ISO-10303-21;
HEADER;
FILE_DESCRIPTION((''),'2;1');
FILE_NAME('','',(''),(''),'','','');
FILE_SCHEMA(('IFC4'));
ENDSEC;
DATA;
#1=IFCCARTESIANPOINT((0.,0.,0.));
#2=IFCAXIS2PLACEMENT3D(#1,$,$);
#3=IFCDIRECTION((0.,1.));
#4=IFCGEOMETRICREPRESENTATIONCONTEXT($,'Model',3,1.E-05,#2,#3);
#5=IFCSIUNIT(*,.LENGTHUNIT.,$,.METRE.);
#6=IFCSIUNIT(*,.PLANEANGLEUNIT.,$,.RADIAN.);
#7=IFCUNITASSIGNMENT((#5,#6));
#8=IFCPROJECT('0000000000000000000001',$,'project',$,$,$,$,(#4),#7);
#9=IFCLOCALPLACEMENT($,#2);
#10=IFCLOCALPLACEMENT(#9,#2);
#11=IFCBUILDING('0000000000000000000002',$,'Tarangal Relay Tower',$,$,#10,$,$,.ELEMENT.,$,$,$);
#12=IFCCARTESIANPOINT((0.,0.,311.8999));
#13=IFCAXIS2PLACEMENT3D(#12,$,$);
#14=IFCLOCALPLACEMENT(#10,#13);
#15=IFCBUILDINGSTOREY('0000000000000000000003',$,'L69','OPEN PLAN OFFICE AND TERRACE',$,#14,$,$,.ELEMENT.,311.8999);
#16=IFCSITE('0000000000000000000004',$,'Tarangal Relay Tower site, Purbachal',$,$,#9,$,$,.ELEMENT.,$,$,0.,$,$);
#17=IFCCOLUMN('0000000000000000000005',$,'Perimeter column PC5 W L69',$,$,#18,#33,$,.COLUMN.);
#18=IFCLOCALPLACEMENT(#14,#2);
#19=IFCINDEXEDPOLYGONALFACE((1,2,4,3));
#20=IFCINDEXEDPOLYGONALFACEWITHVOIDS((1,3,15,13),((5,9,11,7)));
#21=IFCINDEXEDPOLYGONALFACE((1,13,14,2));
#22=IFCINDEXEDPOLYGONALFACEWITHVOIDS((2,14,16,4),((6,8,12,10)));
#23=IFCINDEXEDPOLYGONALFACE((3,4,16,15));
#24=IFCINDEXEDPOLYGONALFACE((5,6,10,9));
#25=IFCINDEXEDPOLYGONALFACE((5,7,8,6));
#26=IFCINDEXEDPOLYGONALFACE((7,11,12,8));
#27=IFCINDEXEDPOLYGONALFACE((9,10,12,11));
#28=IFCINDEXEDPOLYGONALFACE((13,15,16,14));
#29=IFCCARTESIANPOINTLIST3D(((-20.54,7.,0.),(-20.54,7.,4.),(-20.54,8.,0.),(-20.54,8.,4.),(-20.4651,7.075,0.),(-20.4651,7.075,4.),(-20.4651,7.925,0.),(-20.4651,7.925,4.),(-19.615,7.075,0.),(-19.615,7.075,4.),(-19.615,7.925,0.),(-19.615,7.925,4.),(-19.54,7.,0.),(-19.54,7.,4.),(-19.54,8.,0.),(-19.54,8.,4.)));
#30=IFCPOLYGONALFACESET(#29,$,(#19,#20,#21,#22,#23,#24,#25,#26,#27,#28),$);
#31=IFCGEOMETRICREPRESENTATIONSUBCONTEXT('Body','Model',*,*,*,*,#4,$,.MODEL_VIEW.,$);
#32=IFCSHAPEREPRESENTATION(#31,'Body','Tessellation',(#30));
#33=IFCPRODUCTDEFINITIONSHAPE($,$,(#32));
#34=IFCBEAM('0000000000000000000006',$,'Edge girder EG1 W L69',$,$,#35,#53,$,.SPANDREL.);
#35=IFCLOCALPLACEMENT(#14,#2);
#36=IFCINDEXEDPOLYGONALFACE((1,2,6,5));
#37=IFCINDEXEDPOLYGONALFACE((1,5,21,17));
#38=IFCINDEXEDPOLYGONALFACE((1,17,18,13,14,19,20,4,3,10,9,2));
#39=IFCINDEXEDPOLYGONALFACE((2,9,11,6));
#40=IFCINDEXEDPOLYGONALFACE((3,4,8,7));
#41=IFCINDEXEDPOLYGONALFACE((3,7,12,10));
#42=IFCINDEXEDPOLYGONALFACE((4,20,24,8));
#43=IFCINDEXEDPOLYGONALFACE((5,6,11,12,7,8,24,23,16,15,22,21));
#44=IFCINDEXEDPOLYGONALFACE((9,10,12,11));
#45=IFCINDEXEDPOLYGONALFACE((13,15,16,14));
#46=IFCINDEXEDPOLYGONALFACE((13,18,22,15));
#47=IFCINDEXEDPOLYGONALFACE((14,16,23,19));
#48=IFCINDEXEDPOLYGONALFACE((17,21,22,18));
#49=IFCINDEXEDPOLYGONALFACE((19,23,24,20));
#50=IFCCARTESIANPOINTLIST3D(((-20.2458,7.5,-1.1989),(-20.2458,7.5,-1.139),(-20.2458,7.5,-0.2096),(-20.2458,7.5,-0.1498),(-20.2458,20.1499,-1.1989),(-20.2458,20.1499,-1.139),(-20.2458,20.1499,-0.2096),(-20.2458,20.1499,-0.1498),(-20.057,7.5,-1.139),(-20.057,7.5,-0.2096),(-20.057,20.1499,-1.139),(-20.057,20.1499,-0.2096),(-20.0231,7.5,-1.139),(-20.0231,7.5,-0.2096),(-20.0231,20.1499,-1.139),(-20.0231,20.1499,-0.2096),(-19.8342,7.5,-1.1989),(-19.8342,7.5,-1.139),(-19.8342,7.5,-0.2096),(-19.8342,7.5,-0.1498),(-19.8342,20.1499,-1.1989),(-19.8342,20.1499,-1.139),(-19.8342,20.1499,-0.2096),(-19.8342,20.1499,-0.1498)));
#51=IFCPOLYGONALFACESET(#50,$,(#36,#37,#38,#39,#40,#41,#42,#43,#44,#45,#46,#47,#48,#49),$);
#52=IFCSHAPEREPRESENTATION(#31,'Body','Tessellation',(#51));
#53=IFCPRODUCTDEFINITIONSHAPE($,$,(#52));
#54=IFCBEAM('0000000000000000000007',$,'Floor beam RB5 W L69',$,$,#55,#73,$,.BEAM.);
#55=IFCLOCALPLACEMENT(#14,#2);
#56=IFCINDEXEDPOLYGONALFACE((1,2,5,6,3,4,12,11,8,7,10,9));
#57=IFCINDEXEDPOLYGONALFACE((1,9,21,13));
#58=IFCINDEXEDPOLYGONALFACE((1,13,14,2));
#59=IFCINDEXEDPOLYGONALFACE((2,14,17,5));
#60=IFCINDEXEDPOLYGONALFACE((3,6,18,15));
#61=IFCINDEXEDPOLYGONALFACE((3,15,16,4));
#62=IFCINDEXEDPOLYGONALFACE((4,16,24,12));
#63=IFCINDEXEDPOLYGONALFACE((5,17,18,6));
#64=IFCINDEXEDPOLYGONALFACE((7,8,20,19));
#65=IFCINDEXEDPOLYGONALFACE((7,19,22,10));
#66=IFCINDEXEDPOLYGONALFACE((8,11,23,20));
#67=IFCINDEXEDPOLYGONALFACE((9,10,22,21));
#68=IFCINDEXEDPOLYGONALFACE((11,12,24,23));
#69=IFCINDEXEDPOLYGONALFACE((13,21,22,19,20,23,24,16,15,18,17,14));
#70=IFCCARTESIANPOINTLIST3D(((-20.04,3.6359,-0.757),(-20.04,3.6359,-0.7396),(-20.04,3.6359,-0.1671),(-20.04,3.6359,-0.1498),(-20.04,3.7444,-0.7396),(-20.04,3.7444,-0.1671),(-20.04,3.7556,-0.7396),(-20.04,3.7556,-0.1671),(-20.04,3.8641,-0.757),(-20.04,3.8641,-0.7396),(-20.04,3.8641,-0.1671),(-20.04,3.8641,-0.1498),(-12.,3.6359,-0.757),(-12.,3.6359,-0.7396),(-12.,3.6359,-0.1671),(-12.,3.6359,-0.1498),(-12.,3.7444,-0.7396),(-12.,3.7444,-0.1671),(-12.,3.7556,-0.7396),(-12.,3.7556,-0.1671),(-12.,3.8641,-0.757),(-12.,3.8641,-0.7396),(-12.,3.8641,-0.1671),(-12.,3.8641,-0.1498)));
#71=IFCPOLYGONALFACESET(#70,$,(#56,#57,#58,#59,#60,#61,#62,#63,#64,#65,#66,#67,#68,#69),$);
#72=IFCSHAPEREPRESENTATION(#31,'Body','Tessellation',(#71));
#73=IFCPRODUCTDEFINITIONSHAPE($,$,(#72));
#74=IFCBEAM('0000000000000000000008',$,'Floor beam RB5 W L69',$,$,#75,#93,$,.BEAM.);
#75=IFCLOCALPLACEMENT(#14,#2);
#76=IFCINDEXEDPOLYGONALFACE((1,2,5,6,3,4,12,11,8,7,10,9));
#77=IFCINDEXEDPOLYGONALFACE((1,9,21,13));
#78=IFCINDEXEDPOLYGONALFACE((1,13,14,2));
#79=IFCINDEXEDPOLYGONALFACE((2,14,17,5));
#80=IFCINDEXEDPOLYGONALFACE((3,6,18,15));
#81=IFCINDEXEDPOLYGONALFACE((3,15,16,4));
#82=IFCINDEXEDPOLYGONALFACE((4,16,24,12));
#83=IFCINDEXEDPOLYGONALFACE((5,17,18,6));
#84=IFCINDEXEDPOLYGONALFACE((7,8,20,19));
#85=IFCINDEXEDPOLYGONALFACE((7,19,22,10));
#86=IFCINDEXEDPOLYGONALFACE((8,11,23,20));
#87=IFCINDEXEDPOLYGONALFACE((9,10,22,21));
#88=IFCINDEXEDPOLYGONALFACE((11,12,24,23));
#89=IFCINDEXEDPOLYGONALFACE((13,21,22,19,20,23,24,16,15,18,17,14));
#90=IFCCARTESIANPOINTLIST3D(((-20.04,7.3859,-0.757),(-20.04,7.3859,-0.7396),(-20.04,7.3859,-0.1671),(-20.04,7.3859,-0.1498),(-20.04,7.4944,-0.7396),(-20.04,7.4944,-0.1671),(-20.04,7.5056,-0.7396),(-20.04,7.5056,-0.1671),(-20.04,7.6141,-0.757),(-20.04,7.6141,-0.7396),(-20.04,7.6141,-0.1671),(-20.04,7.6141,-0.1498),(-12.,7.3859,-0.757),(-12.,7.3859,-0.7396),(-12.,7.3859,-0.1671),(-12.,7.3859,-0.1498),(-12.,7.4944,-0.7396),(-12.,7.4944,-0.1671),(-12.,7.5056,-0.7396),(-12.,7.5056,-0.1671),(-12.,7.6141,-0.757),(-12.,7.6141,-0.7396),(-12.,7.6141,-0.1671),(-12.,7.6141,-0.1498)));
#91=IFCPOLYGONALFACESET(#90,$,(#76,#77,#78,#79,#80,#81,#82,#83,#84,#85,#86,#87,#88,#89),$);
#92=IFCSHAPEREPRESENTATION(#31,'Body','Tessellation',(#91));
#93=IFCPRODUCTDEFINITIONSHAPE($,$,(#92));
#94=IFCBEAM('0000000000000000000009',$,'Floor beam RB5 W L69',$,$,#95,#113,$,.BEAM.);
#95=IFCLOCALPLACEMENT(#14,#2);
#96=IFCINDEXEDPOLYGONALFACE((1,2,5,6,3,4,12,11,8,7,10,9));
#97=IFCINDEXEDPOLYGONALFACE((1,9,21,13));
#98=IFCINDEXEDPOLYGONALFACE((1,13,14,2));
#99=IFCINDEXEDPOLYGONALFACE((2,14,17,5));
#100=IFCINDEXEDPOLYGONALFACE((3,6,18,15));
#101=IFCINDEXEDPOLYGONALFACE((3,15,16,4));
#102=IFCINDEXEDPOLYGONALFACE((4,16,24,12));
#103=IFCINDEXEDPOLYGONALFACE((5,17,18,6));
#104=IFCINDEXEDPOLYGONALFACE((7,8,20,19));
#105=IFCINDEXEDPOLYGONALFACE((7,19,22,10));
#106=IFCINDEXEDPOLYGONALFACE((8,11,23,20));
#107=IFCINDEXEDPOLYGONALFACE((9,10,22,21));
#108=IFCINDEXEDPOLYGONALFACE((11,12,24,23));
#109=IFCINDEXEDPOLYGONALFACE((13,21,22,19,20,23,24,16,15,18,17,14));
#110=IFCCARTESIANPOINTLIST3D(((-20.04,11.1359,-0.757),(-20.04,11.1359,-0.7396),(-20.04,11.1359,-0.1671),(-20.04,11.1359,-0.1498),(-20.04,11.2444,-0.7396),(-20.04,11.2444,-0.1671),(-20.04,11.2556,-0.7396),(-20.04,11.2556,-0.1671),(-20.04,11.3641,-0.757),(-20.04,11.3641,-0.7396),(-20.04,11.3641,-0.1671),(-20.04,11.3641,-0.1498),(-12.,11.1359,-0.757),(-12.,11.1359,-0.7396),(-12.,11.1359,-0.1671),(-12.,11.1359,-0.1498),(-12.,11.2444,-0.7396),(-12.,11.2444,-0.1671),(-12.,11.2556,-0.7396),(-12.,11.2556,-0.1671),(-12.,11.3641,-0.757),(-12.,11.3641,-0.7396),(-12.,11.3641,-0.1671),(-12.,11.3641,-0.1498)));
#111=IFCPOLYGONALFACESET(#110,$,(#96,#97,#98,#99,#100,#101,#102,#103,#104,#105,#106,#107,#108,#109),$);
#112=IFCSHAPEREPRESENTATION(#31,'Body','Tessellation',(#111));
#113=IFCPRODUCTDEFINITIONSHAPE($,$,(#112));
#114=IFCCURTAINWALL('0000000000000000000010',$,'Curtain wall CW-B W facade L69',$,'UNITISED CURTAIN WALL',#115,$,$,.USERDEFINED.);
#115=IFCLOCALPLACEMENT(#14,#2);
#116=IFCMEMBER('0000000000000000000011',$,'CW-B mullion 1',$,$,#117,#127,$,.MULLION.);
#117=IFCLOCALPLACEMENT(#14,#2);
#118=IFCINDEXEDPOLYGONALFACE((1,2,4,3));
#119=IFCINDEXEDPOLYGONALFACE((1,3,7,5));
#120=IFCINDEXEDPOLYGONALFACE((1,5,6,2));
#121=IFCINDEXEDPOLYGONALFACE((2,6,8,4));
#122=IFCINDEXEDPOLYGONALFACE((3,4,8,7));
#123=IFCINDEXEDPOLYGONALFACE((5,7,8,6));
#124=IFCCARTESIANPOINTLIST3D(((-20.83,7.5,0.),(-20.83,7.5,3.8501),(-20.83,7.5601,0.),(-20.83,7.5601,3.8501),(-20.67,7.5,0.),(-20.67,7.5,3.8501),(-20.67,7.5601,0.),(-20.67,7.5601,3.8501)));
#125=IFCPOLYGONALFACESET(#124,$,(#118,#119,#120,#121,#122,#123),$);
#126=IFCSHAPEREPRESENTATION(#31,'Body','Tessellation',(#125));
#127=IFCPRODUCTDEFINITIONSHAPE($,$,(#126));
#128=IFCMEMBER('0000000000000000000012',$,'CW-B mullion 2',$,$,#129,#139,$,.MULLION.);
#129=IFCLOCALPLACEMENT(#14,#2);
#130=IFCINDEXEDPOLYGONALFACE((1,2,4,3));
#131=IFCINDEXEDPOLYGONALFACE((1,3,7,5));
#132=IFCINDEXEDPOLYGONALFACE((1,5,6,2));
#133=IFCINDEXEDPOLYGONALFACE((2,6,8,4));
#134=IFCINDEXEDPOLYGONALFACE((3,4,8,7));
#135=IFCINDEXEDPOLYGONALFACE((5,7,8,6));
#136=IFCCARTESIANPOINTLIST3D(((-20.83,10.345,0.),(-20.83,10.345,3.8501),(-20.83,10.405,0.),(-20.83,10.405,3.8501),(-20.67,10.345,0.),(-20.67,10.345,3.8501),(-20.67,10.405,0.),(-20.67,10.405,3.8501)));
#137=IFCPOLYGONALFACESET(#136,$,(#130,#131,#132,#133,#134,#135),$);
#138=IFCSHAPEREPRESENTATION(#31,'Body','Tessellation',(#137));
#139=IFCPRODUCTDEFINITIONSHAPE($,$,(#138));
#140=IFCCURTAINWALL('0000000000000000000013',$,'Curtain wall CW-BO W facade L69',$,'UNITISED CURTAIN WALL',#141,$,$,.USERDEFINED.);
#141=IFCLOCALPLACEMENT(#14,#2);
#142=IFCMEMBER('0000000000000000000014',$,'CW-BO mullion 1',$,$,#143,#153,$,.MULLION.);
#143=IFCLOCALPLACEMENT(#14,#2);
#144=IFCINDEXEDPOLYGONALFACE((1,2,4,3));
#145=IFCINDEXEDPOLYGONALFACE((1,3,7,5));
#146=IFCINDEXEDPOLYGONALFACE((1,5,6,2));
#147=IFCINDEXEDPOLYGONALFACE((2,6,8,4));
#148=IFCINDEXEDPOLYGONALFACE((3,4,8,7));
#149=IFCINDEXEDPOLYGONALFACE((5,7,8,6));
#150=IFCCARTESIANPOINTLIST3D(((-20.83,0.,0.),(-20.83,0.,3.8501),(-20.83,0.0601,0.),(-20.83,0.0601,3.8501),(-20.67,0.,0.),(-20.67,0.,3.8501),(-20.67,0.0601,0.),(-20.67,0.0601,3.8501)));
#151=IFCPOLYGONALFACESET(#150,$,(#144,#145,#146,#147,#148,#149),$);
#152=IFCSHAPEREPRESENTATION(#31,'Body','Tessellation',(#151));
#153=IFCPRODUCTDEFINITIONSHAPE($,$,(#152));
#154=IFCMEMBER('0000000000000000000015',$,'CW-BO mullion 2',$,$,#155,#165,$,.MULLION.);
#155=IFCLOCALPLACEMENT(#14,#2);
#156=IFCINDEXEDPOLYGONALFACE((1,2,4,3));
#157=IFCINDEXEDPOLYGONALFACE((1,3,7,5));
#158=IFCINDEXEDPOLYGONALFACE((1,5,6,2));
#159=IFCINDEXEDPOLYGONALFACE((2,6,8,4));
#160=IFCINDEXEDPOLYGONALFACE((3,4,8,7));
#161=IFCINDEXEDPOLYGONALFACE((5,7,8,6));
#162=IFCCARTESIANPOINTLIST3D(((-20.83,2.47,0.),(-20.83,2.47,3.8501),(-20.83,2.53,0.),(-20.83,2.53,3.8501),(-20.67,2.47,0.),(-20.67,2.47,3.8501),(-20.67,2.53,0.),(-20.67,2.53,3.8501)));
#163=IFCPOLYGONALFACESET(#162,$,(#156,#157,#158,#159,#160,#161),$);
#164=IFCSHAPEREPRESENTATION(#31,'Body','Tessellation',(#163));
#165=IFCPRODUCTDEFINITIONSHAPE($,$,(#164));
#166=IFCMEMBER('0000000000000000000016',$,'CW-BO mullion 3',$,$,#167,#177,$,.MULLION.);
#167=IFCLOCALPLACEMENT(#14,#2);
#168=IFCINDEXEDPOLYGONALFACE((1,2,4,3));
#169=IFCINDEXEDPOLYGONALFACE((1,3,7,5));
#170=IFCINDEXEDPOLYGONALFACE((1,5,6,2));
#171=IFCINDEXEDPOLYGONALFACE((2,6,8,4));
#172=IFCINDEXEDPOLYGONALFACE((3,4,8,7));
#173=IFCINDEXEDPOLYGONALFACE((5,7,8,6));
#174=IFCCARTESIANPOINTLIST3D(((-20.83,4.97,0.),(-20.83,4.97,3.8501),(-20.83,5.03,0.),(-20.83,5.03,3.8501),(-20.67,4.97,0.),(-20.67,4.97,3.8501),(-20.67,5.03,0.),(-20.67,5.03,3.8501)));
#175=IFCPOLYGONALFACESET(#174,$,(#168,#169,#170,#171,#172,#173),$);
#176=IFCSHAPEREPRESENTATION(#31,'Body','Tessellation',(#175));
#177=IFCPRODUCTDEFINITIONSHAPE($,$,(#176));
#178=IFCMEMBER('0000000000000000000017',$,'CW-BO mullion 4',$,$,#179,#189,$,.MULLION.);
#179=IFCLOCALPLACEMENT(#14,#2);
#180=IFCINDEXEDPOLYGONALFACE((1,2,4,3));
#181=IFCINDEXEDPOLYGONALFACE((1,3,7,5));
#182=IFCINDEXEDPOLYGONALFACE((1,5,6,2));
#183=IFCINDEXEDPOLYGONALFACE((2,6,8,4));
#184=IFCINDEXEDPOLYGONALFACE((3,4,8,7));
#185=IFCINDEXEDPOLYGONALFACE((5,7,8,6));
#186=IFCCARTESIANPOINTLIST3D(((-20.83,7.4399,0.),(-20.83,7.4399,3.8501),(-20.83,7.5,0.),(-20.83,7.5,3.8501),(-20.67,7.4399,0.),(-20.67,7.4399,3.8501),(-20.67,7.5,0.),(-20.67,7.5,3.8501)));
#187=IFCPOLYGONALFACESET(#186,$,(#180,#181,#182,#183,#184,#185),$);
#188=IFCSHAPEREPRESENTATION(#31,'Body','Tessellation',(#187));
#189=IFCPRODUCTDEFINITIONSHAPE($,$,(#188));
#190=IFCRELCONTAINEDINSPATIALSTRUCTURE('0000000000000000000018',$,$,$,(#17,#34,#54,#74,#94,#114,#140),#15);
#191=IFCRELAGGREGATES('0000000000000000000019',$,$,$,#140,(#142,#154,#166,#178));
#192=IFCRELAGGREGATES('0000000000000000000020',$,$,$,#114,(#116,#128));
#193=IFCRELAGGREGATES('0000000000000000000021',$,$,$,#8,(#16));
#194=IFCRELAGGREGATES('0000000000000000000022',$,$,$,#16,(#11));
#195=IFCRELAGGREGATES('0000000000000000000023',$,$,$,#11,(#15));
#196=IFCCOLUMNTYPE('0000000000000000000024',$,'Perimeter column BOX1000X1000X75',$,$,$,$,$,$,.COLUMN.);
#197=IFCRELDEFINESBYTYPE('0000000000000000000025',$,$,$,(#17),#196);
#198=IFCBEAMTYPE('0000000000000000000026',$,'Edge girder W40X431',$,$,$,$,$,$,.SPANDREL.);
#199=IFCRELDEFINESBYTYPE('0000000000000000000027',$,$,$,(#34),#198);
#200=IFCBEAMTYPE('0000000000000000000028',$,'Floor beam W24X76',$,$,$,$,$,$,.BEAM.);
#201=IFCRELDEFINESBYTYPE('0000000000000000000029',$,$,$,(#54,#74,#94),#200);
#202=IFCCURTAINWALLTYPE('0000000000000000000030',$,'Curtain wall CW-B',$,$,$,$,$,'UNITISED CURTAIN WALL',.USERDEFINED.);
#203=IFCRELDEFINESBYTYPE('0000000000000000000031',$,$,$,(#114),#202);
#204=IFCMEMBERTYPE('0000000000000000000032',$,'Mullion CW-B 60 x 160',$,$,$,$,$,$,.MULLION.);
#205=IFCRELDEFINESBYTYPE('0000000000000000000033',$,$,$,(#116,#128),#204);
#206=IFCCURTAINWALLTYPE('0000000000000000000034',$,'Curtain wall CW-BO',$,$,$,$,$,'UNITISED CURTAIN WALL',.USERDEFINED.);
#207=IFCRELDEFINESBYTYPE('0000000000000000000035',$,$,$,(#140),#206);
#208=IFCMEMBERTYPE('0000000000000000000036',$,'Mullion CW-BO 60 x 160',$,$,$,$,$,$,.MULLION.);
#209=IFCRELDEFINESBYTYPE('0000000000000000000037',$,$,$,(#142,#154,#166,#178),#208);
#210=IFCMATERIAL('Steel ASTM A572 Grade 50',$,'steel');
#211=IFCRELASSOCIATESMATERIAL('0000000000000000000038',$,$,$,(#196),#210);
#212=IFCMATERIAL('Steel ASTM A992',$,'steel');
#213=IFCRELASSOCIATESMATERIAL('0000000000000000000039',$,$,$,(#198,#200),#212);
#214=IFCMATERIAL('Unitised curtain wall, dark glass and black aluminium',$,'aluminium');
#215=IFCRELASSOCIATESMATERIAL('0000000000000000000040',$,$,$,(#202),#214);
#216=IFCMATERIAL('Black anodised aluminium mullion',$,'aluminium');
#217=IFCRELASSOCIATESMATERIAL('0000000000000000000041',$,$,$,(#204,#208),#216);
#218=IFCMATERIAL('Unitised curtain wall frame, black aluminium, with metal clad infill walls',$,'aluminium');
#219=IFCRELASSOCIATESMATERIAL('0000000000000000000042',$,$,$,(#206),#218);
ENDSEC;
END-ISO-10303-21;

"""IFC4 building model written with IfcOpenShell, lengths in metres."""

from ifc_helpers import new_model, si_unit, direction, frame, origin, origin_2d, place, context, subcontext, project, spatial, rectangle, hollow_rectangle, i_section, extrude, material, material_profile, profile_set, type_object, element, aggregate, save


model = new_model("IFC4")

# Units and contexts
model_context = context("Model", 3, precision=1e-05, world=origin(), true_north=direction((0.0, 1.0)))
body_context = subcontext(model_context, "Body", "Model", "MODEL_VIEW")
ifc_project = project(units=[si_unit("LENGTHUNIT", "METRE"), si_unit("PLANEANGLEUNIT", "RADIAN")], contexts=[model_context])

# Site, building, storey
site_placement = place(None, origin())
site = spatial("IfcSite", under=ifc_project, at=site_placement, Name="Tarangal Relay Tower site, Purbachal", CompositionType="ELEMENT", RefElevation=0.0)
building_placement = place(site_placement, origin())
building = spatial("IfcBuilding", under=site, at=building_placement, Name="Tarangal Relay Tower", CompositionType="ELEMENT")
storey_placement = place(building_placement, frame((0.0, 0.0, 311.8999)))
storey = spatial("IfcBuildingStorey", under=building, at=storey_placement, Name="L69", Description="OPEN PLAN OFFICE AND TERRACE", CompositionType="ELEMENT", Elevation=311.8999)

# Column
ifc_material_1 = material(Name="Steel ASTM A572 Grade 50", Category="steel")
ifc_material_profile_1 = material_profile(ifc_material_1, hollow_rectangle(XDim=1.0, YDim=1.0, WallThickness=0.075, at=origin_2d()), Name="BOX1000X1000X75")
ifc_profile_set_1 = profile_set([ifc_material_profile_1], Name="Steel ASTM A572 Grade 50")
column_type = type_object("IfcColumnType", Name="Perimeter column BOX1000X1000X75", PredefinedType="COLUMN", material=ifc_profile_set_1)
column_placement = place(storey_placement, frame((-20.04, 7.5, 0.0), z_axis=(0.0, 0.0, 1.0), x_axis=(1.0, 0.0, 0.0)))
element("IfcColumn", 1, at=column_placement, inside=storey, type_object=column_type, Name="Perimeter column PC5 W L69", PredefinedType="COLUMN", context=body_context, shape_type="SweptSolid", body=[
    extrude(hollow_rectangle(XDim=1.0, YDim=1.0, WallThickness=0.075, at=origin_2d()), origin(), (0.0, 0.0, 1.0), 4.0),
])

# Beams
ifc_material_2 = material(Name="Steel ASTM A992", Category="steel")
ifc_material_profile_2 = material_profile(ifc_material_2, i_section(OverallWidth=0.4116, OverallDepth=1.0491, WebThickness=0.0339, FlangeThickness=0.0598, at=origin_2d()), Name="W40X431")
ifc_profile_set_2 = profile_set([ifc_material_profile_2], Name="Steel ASTM A992")
beam_type_1 = type_object("IfcBeamType", Name="Edge girder W40X431", PredefinedType="SPANDREL", material=ifc_profile_set_2)
beam_placement = place(storey_placement, frame((-20.04, 7.5, -0.6743), z_axis=(0.0, 1.0, 0.0), x_axis=(-1.0, 0.0, 0.0)))
element("IfcBeam", 2, at=beam_placement, inside=storey, type_object=beam_type_1, Name="Edge girder EG1 W L69", PredefinedType="SPANDREL", context=body_context, shape_type="SweptSolid", body=[
    extrude(i_section(OverallWidth=0.4116, OverallDepth=1.0491, WebThickness=0.0339, FlangeThickness=0.0598, at=origin_2d()), origin(), (0.0, 0.0, 1.0), 12.6499),
])
ifc_material_profile_3 = material_profile(ifc_material_2, i_section(OverallWidth=0.2283, OverallDepth=0.6072, WebThickness=0.0112, FlangeThickness=0.0173, at=origin_2d()), Name="W24X76")
ifc_profile_set_3 = profile_set([ifc_material_profile_3], Name="Steel ASTM A992")
beam_type_2 = type_object("IfcBeamType", Name="Floor beam W24X76", PredefinedType="BEAM", material=ifc_profile_set_3)
for number, where, z_axis, x_axis, name in (
    (3, (-12.0, 3.75, -0.4534), (-1.0, 0.0, 0.0), (0.0, -1.0, 0.0), "Floor beam RB5 W L69"),
    (4, (-12.0, 7.5, -0.4534), (-1.0, 0.0, 0.0), (0.0, -1.0, 0.0), "Floor beam RB5 W L69"),
    (5, (-12.0, 11.25, -0.4534), (-1.0, 0.0, 0.0), (0.0, -1.0, 0.0), "Floor beam RB5 W L69"),
):
    element("IfcBeam", number, at=place(storey_placement, frame(where, z_axis=z_axis, x_axis=x_axis)), inside=storey, type_object=beam_type_2, Name=name, PredefinedType="BEAM", context=body_context, shape_type="SweptSolid", body=[
        extrude(i_section(OverallWidth=0.2283, OverallDepth=0.6072, WebThickness=0.0112, FlangeThickness=0.0173, at=origin_2d()), origin(), (0.0, 0.0, 1.0), 8.04),
    ])

# Curtain walls, members
ifc_material_3 = material(Name="Unitised curtain wall, dark glass and black aluminium", Category="aluminium")
curtain_wall_type_1 = type_object("IfcCurtainWallType", Name="Curtain wall CW-B", ElementType="UNITISED CURTAIN WALL", PredefinedType="USERDEFINED", material=ifc_material_3)
curtain_wall_1_placement = place(storey_placement, origin())
curtain_wall_1 = element("IfcCurtainWall", 6, at=curtain_wall_1_placement, inside=storey, type_object=curtain_wall_type_1, Name="Curtain wall CW-B W facade L69", ObjectType="UNITISED CURTAIN WALL", PredefinedType="USERDEFINED")
ifc_material_4 = material(Name="Black anodised aluminium mullion", Category="aluminium")
ifc_material_profile_4 = material_profile(ifc_material_4, rectangle(XDim=0.1599, YDim=0.0601, at=origin_2d()), Name="CW-BM 60X160")
ifc_profile_set_4 = profile_set([ifc_material_profile_4], Name="Black anodised aluminium mullion")
member_type_1 = type_object("IfcMemberType", Name="Mullion CW-B 60 x 160", PredefinedType="MULLION", material=ifc_profile_set_4)
member_1_placement = place(storey_placement, frame((-20.75, 7.53, 0.0), z_axis=(0.0, 0.0, 1.0), x_axis=(-1.0, 0.0, 0.0)))
member_1 = element("IfcMember", 7, at=member_1_placement, type_object=member_type_1, Name="CW-B mullion 1", PredefinedType="MULLION", context=body_context, shape_type="SweptSolid", body=[
    extrude(rectangle(XDim=0.1599, YDim=0.0601, at=origin_2d()), origin(), (0.0, 0.0, 1.0), 3.8501),
])
member_2_placement = place(storey_placement, frame((-20.75, 10.375, 0.0), z_axis=(0.0, 0.0, 1.0), x_axis=(-1.0, 0.0, 0.0)))
member_2 = element("IfcMember", 8, at=member_2_placement, type_object=member_type_1, Name="CW-B mullion 2", PredefinedType="MULLION", context=body_context, shape_type="SweptSolid", body=[
    extrude(rectangle(XDim=0.1599, YDim=0.0601, at=origin_2d()), origin(), (0.0, 0.0, 1.0), 3.8501),
])
ifc_material_5 = material(Name="Unitised curtain wall frame, black aluminium, with metal clad infill walls", Category="aluminium")
curtain_wall_type_2 = type_object("IfcCurtainWallType", Name="Curtain wall CW-BO", ElementType="UNITISED CURTAIN WALL", PredefinedType="USERDEFINED", material=ifc_material_5)
curtain_wall_2_placement = place(storey_placement, origin())
curtain_wall_2 = element("IfcCurtainWall", 9, at=curtain_wall_2_placement, inside=storey, type_object=curtain_wall_type_2, Name="Curtain wall CW-BO W facade L69", ObjectType="UNITISED CURTAIN WALL", PredefinedType="USERDEFINED")
ifc_material_profile_5 = material_profile(ifc_material_4, rectangle(XDim=0.1599, YDim=0.0601, at=origin_2d()), Name="CW-BOM 60X160")
ifc_profile_set_5 = profile_set([ifc_material_profile_5], Name="Black anodised aluminium mullion")
member_type_2 = type_object("IfcMemberType", Name="Mullion CW-BO 60 x 160", PredefinedType="MULLION", material=ifc_profile_set_5)
member_3_placement = place(storey_placement, frame((-20.75, 0.03, 0.0), z_axis=(0.0, 0.0, 1.0), x_axis=(-1.0, 0.0, 0.0)))
member_3 = element("IfcMember", 10, at=member_3_placement, type_object=member_type_2, Name="CW-BO mullion 1", PredefinedType="MULLION", context=body_context, shape_type="SweptSolid", body=[
    extrude(rectangle(XDim=0.1599, YDim=0.0601, at=origin_2d()), origin(), (0.0, 0.0, 1.0), 3.8501),
])
member_4_placement = place(storey_placement, frame((-20.75, 2.5, 0.0), z_axis=(0.0, 0.0, 1.0), x_axis=(-1.0, 0.0, 0.0)))
member_4 = element("IfcMember", 11, at=member_4_placement, type_object=member_type_2, Name="CW-BO mullion 2", PredefinedType="MULLION", context=body_context, shape_type="SweptSolid", body=[
    extrude(rectangle(XDim=0.1599, YDim=0.0601, at=origin_2d()), origin(), (0.0, 0.0, 1.0), 3.8501),
])
member_5_placement = place(storey_placement, frame((-20.75, 5.0, 0.0), z_axis=(0.0, 0.0, 1.0), x_axis=(-1.0, 0.0, 0.0)))
member_5 = element("IfcMember", 12, at=member_5_placement, type_object=member_type_2, Name="CW-BO mullion 3", PredefinedType="MULLION", context=body_context, shape_type="SweptSolid", body=[
    extrude(rectangle(XDim=0.1599, YDim=0.0601, at=origin_2d()), origin(), (0.0, 0.0, 1.0), 3.8501),
])
member_6_placement = place(storey_placement, frame((-20.75, 7.47, 0.0), z_axis=(0.0, 0.0, 1.0), x_axis=(-1.0, 0.0, 0.0)))
member_6 = element("IfcMember", 13, at=member_6_placement, type_object=member_type_2, Name="CW-BO mullion 4", PredefinedType="MULLION", context=body_context, shape_type="SweptSolid", body=[
    extrude(rectangle(XDim=0.1599, YDim=0.0601, at=origin_2d()), origin(), (0.0, 0.0, 1.0), 3.8501),
])

aggregate(curtain_wall_2, [member_3, member_4, member_5, member_6])

aggregate(curtain_wall_1, [member_1, member_2])

save(model, "model.ifc")
